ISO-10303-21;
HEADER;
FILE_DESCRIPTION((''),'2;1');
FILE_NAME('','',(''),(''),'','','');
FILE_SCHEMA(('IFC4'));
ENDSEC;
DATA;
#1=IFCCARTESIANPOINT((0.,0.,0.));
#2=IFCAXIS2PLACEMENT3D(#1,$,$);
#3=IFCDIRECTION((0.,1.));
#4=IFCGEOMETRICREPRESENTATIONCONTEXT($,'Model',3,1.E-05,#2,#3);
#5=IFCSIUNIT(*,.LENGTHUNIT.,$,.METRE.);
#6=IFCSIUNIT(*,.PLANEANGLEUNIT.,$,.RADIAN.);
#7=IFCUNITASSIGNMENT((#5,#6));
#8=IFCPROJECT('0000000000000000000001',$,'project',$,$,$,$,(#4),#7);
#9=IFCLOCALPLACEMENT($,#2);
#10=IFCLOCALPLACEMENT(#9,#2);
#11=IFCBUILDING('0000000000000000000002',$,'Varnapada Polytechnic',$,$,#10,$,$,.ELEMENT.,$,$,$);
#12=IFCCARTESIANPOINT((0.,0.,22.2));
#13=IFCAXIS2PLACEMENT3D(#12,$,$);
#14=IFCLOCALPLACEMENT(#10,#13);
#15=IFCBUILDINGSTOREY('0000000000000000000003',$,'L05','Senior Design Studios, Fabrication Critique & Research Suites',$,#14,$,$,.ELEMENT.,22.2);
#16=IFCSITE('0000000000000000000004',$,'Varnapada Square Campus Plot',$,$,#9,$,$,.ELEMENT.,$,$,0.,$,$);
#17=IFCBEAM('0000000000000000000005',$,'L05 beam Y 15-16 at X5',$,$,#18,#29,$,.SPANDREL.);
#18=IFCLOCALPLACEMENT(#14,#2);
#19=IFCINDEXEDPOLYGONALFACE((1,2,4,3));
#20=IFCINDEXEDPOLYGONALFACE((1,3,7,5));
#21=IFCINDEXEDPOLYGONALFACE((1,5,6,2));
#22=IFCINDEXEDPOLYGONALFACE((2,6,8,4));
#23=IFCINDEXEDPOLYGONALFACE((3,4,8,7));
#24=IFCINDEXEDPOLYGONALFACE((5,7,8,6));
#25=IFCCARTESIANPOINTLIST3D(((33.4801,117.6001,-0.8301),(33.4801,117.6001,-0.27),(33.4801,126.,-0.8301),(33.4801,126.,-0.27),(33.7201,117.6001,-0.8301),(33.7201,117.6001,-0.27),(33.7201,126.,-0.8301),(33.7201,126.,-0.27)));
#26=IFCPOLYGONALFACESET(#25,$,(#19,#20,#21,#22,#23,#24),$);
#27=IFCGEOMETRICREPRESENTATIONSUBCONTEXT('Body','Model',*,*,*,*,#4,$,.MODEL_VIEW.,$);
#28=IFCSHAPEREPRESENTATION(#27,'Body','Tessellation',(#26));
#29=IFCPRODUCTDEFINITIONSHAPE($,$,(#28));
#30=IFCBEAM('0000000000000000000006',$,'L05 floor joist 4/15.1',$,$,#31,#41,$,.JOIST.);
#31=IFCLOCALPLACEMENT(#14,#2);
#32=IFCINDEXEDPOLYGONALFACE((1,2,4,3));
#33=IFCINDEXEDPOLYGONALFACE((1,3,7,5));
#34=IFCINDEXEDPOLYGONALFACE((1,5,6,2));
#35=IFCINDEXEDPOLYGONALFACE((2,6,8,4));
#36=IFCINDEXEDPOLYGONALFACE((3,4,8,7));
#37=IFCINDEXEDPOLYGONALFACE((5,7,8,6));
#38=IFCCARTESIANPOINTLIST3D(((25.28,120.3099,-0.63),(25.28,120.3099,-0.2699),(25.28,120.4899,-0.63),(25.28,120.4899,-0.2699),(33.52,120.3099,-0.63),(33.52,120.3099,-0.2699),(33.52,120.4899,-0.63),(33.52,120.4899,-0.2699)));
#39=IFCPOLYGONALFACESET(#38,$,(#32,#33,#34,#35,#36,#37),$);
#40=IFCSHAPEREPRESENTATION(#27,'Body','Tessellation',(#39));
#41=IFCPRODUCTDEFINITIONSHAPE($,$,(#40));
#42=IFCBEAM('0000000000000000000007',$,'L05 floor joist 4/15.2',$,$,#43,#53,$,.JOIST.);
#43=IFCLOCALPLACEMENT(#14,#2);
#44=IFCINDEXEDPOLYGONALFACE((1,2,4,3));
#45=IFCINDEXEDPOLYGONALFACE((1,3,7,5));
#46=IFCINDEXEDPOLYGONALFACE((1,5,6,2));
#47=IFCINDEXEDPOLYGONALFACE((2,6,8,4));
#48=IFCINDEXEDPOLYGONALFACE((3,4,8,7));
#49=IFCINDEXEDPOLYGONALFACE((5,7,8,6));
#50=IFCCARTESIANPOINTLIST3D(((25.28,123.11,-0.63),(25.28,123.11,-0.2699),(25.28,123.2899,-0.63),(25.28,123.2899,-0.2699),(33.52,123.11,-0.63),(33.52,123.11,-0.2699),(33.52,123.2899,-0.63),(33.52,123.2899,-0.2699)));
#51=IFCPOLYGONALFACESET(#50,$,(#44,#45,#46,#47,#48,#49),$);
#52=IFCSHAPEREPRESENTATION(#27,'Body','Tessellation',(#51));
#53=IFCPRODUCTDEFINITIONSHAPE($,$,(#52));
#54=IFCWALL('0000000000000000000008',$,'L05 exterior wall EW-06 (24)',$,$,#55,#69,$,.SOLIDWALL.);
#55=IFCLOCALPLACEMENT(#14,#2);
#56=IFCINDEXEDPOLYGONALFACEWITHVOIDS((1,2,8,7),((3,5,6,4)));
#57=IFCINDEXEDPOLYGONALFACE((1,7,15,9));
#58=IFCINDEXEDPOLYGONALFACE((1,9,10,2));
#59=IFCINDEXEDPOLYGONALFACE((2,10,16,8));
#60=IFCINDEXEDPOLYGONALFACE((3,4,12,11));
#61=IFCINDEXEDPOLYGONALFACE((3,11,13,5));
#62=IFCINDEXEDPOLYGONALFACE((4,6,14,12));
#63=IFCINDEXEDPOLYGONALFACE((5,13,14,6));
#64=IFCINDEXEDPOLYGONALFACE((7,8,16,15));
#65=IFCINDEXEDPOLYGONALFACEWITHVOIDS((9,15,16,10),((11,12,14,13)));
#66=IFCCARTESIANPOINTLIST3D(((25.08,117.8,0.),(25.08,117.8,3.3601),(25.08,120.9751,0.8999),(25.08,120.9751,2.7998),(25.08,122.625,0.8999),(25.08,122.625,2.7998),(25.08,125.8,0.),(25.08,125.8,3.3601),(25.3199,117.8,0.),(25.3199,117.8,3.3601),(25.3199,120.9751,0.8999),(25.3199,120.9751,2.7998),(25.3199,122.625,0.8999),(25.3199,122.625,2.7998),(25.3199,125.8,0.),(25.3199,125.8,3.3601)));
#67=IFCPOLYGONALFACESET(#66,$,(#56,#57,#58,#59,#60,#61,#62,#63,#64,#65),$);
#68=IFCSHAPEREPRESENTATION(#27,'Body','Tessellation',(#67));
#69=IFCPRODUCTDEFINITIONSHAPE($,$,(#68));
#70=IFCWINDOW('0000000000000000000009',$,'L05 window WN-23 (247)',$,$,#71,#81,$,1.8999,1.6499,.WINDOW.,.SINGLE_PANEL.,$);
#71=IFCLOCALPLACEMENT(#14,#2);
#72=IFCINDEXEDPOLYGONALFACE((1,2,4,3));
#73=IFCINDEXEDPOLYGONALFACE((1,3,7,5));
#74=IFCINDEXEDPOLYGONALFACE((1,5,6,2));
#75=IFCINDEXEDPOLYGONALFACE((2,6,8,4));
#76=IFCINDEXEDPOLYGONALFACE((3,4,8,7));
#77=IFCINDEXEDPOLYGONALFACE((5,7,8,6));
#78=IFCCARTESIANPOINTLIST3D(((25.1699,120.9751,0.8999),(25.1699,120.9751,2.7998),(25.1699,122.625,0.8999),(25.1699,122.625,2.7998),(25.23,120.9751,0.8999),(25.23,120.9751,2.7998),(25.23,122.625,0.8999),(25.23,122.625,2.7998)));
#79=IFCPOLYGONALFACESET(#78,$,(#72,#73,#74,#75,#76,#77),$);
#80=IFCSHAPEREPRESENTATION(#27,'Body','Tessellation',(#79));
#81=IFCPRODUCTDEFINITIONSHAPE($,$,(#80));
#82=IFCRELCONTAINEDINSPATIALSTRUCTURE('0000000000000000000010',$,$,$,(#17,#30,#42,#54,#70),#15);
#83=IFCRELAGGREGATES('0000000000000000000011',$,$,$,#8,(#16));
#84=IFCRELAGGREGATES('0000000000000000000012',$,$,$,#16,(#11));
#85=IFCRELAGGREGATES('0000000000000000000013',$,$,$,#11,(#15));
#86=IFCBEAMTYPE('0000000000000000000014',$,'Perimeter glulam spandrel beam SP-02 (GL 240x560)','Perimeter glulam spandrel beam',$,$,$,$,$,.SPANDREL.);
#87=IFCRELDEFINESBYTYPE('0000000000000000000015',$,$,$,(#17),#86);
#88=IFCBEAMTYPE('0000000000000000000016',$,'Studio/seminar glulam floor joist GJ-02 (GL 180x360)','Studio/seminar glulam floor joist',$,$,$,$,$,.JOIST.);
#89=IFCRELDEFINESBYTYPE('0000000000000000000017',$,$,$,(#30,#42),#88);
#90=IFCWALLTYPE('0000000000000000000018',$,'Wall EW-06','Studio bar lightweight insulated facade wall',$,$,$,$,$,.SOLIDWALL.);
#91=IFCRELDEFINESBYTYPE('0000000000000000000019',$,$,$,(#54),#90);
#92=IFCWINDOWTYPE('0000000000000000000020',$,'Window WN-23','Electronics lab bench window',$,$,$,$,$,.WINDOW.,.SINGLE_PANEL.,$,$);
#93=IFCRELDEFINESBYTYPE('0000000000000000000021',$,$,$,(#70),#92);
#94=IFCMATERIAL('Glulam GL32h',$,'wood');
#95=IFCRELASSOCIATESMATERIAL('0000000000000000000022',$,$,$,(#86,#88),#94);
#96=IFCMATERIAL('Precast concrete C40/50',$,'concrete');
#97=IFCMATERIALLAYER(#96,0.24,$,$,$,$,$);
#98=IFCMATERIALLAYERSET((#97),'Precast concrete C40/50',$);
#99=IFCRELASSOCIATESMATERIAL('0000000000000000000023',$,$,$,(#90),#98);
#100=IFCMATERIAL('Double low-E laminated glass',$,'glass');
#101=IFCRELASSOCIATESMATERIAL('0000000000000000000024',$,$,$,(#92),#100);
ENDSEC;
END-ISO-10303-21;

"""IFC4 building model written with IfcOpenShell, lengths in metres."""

from ifc_helpers import new_model, si_unit, direction, frame, frame_2d, origin, origin_2d, place, context, subcontext, project, spatial, rectangle, extrude, material, layer, layer_set, material_profile, profile_set, type_object, element, fill, save


model = new_model("IFC4")

# Units and contexts
model_context = context("Model", 3, precision=1e-05, world=origin(), true_north=direction((0.0, 1.0)))
body_context = subcontext(model_context, "Body", "Model", "MODEL_VIEW")
ifc_project = project(units=[si_unit("LENGTHUNIT", "METRE"), si_unit("PLANEANGLEUNIT", "RADIAN")], contexts=[model_context])

# Site, building, storey
site_placement = place(None, origin())
site = spatial("IfcSite", under=ifc_project, at=site_placement, Name="Varnapada Square Campus Plot", CompositionType="ELEMENT", RefElevation=0.0)
building_placement = place(site_placement, origin())
building = spatial("IfcBuilding", under=site, at=building_placement, Name="Varnapada Polytechnic", CompositionType="ELEMENT")
storey_placement = place(building_placement, frame((0.0, 0.0, 22.2)))
storey = spatial("IfcBuildingStorey", under=building, at=storey_placement, Name="L05", Description="Senior Design Studios, Fabrication Critique & Research Suites", CompositionType="ELEMENT", Elevation=22.2)

# Beams
ifc_material_1 = material(Name="Glulam GL32h", Category="wood")
ifc_material_profile_1 = material_profile(ifc_material_1, rectangle(XDim=0.24, YDim=0.5601, at=origin_2d()), Name="GL 240x560")
ifc_profile_set_1 = profile_set([ifc_material_profile_1], Name="Glulam GL32h")
beam_type_1 = type_object("IfcBeamType", Name="Perimeter glulam spandrel beam SP-02 (GL 240x560)", Description="Perimeter glulam spandrel beam", PredefinedType="SPANDREL", material=ifc_profile_set_1)
beam_placement = place(storey_placement, frame((33.6001, 117.6001, -0.55), z_axis=(0.0, 1.0, 0.0), x_axis=(-1.0, 0.0, 0.0)))
element("IfcBeam", 1, at=beam_placement, inside=storey, type_object=beam_type_1, Name="L05 beam Y 15-16 at X5", PredefinedType="SPANDREL", context=body_context, shape_type="SweptSolid", body=[
    extrude(rectangle(XDim=0.24, YDim=0.5601, at=origin_2d()), origin(), (0.0, 0.0, 1.0), 8.3999),
])
ifc_material_profile_2 = material_profile(ifc_material_1, rectangle(XDim=0.1799, YDim=0.3601, at=origin_2d()), Name="GL 180x360")
ifc_profile_set_2 = profile_set([ifc_material_profile_2], Name="Glulam GL32h")
beam_type_2 = type_object("IfcBeamType", Name="Studio/seminar glulam floor joist GJ-02 (GL 180x360)", Description="Studio/seminar glulam floor joist", PredefinedType="JOIST", material=ifc_profile_set_2)
for number, where, z_axis, x_axis, name in (
    (2, (25.28, 120.3999, -0.45), (1.0, 0.0, 0.0), (0.0, 1.0, 0.0), "L05 floor joist 4/15.1"),
    (3, (25.28, 123.2, -0.45), (1.0, 0.0, 0.0), (0.0, 1.0, 0.0), "L05 floor joist 4/15.2"),
):
    element("IfcBeam", number, at=place(storey_placement, frame(where, z_axis=z_axis, x_axis=x_axis)), inside=storey, type_object=beam_type_2, Name=name, PredefinedType="JOIST", context=body_context, shape_type="SweptSolid", body=[
        extrude(rectangle(XDim=0.1799, YDim=0.3601, at=origin_2d()), origin(), (0.0, 0.0, 1.0), 8.24),
    ])

# Wall, opening, window
ifc_material_2 = material(Name="Precast concrete C40/50", Category="concrete")
ifc_layer_1 = layer(ifc_material_2, 0.24)
ifc_layer_set_1 = layer_set([ifc_layer_1], Name="Precast concrete C40/50")
wall_type = type_object("IfcWallType", Name="Wall EW-06", Description="Studio bar lightweight insulated facade wall", PredefinedType="SOLIDWALL", material=ifc_layer_set_1)
wall_placement = place(storey_placement, frame((25.2, 125.8, 0.0), z_axis=(0.0, 0.0, 1.0), x_axis=(0.0, -1.0, 0.0)))
wall = element("IfcWall", 4, at=wall_placement, inside=storey, type_object=wall_type, Name="L05 exterior wall EW-06 (24)", PredefinedType="SOLIDWALL", context=body_context, shape_type="SweptSolid", body=[
    extrude(rectangle(XDim=8.0, YDim=0.24, at=frame_2d((4.0, 0.0))), origin(), (0.0, 0.0, 1.0), 3.3601),
])
opening_1_placement = place(wall_placement, frame((3.175, 0.0, 0.8999)))
opening_1 = element("IfcOpeningElement", 5, at=opening_1_placement, cuts=wall, PredefinedType="OPENING", context=body_context, shape_type="SweptSolid", body=[
    extrude(rectangle(XDim=1.6499, YDim=1.8999, at=frame_2d((0.825, 0.95))), frame((0.0, 0.1299, 0.0), z_axis=(0.0, -1.0, 0.0), x_axis=(1.0, 0.0, 0.0)), (0.0, 0.0, 1.0), 0.26),
])
ifc_material_3 = material(Name="Double low-E laminated glass", Category="glass")
window_type = type_object("IfcWindowType", Name="Window WN-23", Description="Electronics lab bench window", PartitioningType="SINGLE_PANEL", PredefinedType="WINDOW", material=ifc_material_3)
window_placement = place(opening_1_placement, origin())
window = element("IfcWindow", 6, at=window_placement, inside=storey, type_object=window_type, Name="L05 window WN-23 (247)", OverallHeight=1.8999, OverallWidth=1.6499, PartitioningType="SINGLE_PANEL", PredefinedType="WINDOW", context=body_context, shape_type="SweptSolid", body=[
    extrude(rectangle(XDim=1.6499, YDim=1.8999, at=frame_2d((0.825, 0.95))), frame((0.0, 0.03, 0.0), z_axis=(0.0, -1.0, 0.0), x_axis=(1.0, 0.0, 0.0)), (0.0, 0.0, 1.0), 0.0601),
])
fill(opening_1, window)

save(model, "model.ifc")
